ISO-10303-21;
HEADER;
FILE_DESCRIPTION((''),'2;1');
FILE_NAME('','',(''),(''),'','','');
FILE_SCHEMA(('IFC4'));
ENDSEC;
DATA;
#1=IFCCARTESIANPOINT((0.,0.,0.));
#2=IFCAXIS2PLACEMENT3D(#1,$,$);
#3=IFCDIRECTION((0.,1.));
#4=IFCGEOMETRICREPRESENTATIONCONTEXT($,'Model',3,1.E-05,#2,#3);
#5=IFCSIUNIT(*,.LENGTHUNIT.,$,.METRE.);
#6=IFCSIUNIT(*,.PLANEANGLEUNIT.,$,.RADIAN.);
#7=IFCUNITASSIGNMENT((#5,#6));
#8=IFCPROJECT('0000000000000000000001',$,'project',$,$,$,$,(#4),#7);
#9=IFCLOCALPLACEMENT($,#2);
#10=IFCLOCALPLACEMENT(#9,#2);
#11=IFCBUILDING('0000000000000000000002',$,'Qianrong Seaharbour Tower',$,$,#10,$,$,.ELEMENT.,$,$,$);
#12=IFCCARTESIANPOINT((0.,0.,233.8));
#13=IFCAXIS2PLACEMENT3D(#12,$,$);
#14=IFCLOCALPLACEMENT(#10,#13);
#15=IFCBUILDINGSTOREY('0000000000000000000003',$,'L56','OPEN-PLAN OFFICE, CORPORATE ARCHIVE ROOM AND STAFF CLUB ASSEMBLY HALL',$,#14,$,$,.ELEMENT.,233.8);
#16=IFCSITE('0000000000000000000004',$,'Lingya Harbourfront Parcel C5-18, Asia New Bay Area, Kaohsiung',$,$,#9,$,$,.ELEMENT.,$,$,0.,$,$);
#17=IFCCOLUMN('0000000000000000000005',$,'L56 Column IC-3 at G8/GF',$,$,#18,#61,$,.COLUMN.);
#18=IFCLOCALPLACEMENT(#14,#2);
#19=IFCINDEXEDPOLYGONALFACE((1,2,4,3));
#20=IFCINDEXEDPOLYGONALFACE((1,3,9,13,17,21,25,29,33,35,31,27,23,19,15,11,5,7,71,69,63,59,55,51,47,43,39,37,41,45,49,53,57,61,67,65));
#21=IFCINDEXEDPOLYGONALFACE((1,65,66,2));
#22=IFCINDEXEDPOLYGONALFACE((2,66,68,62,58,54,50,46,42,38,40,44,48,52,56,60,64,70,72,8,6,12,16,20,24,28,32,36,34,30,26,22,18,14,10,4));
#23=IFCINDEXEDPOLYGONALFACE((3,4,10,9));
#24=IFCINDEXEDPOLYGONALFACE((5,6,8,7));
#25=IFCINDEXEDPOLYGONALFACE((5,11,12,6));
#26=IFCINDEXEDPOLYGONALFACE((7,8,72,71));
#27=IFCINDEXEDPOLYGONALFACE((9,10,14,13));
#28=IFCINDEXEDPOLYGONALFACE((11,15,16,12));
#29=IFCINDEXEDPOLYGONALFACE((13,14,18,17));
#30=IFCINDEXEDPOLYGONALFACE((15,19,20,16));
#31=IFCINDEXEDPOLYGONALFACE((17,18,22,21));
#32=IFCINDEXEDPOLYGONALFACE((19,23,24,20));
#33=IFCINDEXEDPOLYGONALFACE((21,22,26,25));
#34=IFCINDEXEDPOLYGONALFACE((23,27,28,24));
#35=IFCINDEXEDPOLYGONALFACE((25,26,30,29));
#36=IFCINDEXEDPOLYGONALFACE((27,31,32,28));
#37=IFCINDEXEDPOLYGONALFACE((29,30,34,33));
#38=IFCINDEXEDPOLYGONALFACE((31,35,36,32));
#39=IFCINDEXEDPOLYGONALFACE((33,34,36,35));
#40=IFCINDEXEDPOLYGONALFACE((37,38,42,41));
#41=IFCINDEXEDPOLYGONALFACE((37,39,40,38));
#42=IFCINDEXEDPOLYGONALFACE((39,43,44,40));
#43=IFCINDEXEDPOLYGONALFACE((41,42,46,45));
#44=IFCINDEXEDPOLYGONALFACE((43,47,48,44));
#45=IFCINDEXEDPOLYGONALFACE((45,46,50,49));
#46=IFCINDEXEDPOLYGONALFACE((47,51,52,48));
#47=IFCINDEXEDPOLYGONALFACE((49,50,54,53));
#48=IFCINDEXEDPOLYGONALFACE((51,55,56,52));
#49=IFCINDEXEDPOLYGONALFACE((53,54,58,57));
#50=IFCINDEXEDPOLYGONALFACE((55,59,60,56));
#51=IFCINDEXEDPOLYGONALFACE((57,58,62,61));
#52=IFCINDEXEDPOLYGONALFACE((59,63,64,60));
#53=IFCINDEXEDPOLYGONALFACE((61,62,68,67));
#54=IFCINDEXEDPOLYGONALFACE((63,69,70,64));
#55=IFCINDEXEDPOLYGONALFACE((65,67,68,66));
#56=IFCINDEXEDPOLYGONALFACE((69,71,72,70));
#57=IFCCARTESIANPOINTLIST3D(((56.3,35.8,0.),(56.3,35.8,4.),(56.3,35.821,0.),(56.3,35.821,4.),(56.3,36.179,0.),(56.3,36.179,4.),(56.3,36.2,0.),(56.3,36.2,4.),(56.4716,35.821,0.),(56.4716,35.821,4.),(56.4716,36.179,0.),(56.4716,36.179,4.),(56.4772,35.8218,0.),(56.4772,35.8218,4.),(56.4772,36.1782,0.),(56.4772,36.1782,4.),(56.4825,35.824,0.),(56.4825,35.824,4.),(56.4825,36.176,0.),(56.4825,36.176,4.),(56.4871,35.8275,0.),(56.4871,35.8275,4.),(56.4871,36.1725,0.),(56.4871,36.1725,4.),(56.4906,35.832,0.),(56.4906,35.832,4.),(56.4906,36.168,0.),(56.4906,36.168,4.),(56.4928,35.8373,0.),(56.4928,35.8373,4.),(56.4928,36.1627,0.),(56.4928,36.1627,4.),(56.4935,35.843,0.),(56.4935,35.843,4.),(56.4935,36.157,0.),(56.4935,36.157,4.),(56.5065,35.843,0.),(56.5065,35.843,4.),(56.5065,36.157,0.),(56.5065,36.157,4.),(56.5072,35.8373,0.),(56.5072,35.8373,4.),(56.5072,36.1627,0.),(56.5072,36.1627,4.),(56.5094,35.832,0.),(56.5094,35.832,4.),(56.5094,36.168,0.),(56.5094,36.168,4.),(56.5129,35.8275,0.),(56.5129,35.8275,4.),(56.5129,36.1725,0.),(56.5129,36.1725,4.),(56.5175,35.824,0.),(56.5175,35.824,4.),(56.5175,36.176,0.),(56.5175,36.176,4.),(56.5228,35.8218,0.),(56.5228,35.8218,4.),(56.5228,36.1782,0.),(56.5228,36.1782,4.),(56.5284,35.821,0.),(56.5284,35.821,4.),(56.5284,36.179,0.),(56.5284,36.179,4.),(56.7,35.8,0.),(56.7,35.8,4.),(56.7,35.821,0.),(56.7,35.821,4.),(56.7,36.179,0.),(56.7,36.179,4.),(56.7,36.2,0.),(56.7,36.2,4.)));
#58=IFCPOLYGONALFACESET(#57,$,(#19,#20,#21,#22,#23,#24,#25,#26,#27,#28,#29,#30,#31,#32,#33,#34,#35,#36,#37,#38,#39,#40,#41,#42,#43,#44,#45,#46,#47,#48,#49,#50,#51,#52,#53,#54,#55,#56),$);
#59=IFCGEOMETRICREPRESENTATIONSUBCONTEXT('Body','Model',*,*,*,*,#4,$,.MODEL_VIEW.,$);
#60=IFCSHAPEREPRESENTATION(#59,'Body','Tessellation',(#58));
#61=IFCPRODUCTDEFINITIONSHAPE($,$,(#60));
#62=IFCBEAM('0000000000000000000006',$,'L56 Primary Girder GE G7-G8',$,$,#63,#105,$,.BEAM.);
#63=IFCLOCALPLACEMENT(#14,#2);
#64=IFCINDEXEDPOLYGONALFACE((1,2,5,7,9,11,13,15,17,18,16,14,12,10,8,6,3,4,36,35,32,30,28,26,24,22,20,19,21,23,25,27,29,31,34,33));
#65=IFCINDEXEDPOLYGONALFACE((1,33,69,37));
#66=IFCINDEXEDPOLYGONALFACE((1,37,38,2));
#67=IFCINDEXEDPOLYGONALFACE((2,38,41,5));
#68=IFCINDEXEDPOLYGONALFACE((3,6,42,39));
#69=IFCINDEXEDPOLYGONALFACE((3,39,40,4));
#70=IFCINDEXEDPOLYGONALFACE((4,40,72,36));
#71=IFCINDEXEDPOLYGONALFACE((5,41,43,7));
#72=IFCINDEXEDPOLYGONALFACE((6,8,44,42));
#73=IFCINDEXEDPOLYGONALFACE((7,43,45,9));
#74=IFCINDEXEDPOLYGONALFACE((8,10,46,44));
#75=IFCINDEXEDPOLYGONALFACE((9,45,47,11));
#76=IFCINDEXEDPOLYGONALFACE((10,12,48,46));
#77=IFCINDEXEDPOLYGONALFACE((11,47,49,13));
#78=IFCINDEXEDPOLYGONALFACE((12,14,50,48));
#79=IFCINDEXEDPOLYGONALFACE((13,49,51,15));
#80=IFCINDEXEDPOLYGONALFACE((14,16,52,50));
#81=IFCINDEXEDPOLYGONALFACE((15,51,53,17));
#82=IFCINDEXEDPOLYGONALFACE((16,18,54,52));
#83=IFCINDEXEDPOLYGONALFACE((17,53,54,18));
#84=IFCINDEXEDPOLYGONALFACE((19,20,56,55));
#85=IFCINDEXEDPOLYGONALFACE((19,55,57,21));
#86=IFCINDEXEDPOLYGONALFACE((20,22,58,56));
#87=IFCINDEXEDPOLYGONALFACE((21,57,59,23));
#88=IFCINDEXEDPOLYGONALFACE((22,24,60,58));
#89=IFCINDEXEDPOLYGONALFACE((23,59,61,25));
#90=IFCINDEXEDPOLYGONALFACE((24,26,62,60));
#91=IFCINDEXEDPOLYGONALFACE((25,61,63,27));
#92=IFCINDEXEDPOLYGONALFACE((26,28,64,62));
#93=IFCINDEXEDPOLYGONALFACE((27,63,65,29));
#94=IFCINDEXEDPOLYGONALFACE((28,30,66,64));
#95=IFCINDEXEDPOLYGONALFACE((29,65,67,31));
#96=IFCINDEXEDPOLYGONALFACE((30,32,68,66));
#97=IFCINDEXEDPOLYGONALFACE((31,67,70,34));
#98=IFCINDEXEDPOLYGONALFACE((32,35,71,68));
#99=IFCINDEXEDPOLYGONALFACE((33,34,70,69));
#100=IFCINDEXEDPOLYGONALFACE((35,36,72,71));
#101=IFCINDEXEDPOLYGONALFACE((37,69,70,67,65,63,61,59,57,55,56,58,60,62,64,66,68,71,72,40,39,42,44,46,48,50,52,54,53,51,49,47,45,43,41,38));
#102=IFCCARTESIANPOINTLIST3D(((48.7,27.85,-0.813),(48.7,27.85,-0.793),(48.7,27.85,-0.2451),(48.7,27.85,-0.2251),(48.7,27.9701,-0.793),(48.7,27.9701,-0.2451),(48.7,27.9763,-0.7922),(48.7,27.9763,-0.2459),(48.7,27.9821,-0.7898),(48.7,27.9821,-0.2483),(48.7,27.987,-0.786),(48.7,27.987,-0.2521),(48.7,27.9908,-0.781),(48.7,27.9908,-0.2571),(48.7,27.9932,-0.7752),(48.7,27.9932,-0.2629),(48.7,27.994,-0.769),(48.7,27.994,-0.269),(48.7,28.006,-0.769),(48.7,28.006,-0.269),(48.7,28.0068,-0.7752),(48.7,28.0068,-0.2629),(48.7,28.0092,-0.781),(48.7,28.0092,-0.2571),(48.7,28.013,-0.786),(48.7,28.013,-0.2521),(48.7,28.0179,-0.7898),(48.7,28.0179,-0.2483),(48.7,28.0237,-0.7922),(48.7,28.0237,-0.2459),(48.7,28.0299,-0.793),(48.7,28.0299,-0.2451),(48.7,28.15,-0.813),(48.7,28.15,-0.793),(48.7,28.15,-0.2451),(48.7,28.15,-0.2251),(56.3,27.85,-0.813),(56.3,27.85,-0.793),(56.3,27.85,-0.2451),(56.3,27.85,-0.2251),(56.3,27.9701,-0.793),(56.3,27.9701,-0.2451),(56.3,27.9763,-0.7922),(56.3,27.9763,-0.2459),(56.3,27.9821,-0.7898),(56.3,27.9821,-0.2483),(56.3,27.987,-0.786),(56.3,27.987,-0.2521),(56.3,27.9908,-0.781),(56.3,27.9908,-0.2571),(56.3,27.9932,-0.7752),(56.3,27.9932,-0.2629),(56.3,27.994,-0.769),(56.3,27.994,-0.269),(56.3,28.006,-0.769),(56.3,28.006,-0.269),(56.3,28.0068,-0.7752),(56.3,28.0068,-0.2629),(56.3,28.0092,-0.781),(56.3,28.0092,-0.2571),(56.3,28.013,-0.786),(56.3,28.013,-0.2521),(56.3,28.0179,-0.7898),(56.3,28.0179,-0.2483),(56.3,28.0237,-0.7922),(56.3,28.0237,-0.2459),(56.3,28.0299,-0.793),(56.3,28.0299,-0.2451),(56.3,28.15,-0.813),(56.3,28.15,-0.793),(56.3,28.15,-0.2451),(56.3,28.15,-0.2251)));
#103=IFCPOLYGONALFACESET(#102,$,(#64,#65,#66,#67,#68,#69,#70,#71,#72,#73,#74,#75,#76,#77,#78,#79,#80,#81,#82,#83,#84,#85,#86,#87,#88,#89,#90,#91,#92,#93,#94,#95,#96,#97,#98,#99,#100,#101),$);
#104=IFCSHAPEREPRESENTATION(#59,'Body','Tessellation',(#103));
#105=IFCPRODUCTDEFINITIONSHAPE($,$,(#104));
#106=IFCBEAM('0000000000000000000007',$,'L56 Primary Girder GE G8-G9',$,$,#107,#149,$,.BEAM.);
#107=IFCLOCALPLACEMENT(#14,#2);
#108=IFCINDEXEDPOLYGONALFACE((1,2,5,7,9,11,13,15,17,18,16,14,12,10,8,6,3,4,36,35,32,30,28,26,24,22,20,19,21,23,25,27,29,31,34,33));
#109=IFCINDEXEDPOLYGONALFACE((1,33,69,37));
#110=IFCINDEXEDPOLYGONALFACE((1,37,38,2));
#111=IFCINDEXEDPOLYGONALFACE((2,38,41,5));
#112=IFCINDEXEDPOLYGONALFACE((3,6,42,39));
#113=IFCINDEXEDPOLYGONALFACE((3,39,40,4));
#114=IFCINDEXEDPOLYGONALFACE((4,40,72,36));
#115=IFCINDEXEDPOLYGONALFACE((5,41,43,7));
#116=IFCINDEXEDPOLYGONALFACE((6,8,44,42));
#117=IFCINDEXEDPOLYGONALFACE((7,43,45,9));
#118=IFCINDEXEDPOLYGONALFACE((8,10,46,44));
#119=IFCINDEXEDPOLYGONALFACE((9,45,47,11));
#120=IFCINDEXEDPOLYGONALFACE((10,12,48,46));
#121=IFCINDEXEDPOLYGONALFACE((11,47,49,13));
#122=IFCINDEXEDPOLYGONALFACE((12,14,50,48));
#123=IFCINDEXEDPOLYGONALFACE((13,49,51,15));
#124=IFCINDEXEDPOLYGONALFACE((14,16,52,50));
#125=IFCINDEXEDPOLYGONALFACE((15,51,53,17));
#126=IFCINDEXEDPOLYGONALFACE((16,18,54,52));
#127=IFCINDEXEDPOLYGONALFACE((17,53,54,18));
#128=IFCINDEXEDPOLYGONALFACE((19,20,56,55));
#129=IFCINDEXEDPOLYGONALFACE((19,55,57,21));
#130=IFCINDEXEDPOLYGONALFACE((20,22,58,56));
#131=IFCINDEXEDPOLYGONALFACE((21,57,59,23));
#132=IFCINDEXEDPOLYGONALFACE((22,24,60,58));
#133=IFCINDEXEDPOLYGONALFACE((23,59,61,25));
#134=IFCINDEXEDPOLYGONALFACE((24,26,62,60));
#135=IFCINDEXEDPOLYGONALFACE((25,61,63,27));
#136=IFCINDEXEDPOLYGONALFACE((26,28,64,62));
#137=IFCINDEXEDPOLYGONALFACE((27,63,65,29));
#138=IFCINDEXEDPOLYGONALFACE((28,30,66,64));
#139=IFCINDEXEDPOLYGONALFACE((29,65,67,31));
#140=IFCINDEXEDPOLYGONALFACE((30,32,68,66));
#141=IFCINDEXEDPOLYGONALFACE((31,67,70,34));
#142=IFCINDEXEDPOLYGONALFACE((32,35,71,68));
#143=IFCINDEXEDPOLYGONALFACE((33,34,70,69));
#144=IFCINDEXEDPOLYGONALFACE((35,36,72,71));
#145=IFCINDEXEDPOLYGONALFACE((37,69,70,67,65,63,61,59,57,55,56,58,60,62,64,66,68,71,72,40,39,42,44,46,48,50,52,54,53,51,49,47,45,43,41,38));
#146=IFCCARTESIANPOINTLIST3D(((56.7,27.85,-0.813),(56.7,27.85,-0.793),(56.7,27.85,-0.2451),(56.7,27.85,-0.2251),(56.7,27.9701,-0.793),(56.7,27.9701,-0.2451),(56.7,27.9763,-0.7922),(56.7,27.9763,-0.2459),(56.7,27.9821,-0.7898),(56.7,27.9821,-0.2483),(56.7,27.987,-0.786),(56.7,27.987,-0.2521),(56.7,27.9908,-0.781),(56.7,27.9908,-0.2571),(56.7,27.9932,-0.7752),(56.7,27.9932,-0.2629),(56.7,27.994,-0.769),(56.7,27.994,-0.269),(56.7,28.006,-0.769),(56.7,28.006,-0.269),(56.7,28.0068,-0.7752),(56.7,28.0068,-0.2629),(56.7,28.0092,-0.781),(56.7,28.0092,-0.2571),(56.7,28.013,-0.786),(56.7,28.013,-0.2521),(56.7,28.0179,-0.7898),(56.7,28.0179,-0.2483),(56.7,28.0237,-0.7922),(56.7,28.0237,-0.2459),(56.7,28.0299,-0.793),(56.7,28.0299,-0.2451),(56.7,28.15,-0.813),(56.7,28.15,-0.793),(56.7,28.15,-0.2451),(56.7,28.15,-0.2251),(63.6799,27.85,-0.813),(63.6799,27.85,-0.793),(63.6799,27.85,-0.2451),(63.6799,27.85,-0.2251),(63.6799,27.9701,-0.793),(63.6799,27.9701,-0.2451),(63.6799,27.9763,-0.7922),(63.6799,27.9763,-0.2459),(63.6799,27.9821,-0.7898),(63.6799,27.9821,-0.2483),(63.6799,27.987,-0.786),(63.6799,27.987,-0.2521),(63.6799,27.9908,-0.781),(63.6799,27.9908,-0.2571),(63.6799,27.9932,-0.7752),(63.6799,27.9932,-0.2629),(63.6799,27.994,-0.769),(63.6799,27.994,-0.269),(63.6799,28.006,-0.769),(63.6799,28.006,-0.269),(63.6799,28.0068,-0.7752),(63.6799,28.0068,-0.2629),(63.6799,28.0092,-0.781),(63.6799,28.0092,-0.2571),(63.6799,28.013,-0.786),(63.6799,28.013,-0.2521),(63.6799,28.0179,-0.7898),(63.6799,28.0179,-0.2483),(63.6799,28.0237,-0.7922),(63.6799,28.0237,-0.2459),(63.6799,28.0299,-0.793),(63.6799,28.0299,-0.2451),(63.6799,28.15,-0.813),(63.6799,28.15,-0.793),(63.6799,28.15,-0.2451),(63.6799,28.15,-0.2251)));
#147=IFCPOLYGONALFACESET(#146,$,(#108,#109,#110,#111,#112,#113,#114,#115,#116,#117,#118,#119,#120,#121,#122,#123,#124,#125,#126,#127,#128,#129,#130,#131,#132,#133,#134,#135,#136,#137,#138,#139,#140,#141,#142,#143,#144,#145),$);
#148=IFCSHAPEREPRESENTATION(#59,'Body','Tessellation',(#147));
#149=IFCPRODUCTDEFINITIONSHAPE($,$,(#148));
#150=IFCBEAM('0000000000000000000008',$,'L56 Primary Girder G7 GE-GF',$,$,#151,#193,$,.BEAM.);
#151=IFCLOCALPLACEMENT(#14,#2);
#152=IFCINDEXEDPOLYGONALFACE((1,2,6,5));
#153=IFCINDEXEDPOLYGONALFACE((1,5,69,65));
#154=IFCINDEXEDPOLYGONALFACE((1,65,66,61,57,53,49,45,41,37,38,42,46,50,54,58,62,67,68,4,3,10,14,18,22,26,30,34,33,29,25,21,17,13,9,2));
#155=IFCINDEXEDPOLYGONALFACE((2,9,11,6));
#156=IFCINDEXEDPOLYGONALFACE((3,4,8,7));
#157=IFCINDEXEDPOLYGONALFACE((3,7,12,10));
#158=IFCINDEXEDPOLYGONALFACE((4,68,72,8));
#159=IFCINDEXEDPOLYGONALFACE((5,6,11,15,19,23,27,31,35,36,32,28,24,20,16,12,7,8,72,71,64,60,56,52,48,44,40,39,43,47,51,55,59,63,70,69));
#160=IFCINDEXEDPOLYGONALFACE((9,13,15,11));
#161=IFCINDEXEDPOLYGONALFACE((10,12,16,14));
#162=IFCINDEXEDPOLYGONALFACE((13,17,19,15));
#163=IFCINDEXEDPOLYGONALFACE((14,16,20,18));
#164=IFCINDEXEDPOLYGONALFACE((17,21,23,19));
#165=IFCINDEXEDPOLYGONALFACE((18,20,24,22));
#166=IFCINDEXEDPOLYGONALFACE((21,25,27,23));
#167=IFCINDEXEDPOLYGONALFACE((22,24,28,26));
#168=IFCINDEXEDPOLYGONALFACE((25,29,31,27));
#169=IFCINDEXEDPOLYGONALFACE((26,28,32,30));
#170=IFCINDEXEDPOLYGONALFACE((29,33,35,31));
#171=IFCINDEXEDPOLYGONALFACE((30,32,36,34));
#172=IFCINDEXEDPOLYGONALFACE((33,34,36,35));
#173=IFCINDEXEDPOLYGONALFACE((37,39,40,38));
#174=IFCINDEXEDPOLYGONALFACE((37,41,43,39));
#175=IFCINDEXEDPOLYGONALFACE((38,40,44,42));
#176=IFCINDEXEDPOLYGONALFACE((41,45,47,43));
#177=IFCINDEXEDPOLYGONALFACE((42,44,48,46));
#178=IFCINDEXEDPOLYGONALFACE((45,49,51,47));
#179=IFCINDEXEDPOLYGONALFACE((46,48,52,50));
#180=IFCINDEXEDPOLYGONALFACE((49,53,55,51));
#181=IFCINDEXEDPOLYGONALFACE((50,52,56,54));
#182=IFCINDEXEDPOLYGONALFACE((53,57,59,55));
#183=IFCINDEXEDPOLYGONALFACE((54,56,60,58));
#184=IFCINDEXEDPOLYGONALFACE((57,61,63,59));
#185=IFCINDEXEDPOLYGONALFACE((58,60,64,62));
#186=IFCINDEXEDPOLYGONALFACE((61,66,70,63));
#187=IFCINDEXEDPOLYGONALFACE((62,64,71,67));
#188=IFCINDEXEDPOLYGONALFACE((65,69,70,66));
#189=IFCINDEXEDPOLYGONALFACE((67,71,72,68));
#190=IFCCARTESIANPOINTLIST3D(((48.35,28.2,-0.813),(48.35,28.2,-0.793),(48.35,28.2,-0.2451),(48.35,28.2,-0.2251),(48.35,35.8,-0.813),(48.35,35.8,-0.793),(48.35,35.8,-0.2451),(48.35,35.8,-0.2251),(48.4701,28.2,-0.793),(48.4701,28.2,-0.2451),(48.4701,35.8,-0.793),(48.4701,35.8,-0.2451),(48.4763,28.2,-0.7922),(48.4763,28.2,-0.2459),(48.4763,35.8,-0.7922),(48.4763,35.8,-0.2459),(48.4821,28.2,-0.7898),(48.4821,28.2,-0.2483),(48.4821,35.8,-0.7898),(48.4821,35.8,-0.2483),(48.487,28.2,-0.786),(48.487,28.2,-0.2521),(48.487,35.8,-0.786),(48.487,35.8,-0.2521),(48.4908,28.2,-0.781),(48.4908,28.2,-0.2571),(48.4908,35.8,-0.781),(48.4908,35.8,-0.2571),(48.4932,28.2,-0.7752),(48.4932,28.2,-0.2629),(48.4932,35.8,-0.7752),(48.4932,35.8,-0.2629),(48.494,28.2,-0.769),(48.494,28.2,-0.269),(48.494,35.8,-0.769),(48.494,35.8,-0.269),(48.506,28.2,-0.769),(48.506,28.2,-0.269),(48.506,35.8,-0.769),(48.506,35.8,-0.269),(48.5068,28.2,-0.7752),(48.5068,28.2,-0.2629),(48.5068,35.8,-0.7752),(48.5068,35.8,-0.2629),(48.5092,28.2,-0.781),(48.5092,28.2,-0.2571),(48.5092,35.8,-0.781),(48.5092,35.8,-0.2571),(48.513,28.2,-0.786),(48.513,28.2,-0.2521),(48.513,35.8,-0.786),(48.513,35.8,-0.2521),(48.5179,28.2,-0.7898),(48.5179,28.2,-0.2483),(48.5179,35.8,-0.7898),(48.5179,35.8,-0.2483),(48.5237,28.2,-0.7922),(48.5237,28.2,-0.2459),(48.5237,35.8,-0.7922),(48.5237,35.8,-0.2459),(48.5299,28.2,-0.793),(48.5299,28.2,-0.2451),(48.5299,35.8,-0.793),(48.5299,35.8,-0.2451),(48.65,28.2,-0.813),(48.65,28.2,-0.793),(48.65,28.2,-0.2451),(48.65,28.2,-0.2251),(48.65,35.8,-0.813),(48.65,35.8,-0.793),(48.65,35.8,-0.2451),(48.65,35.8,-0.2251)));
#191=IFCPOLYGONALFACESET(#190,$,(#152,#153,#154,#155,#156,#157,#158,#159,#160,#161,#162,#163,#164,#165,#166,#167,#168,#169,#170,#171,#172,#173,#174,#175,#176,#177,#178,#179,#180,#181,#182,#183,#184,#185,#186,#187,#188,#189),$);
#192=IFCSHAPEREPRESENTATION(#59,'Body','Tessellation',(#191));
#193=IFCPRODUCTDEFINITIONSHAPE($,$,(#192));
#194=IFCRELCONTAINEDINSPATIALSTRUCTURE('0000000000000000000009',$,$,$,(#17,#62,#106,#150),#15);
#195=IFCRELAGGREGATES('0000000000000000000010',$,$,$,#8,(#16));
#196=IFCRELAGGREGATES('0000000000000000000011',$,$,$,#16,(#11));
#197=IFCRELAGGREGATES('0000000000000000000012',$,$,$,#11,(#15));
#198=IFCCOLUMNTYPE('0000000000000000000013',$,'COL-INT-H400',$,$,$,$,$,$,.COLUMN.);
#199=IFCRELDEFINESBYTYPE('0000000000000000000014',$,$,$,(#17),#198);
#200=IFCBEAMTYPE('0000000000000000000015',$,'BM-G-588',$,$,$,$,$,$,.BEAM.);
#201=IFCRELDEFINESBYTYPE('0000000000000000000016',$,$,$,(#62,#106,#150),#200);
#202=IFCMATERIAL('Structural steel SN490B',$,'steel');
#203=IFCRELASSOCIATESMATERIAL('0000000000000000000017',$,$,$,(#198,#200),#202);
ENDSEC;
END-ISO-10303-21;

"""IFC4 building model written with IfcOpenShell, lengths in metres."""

from ifc_helpers import new_model, si_unit, direction, frame, origin, origin_2d, place, context, subcontext, project, spatial, i_section, extrude, material, material_profile, profile_set, type_object, element, save


model = new_model("IFC4")

# Units and contexts
model_context = context("Model", 3, precision=1e-05, world=origin(), true_north=direction((0.0, 1.0)))
body_context = subcontext(model_context, "Body", "Model", "MODEL_VIEW")
ifc_project = project(units=[si_unit("LENGTHUNIT", "METRE"), si_unit("PLANEANGLEUNIT", "RADIAN")], contexts=[model_context])

# Site, building, storey
site_placement = place(None, origin())
site = spatial("IfcSite", under=ifc_project, at=site_placement, Name="Lingya Harbourfront Parcel C5-18, Asia New Bay Area, Kaohsiung", CompositionType="ELEMENT", RefElevation=0.0)
building_placement = place(site_placement, origin())
building = spatial("IfcBuilding", under=site, at=building_placement, Name="Qianrong Seaharbour Tower", CompositionType="ELEMENT")
storey_placement = place(building_placement, frame((0.0, 0.0, 233.8)))
storey = spatial("IfcBuildingStorey", under=building, at=storey_placement, Name="L56", Description="OPEN-PLAN OFFICE, CORPORATE ARCHIVE ROOM AND STAFF CLUB ASSEMBLY HALL", CompositionType="ELEMENT", Elevation=233.8)

# Column
ifc_material_1 = material(Name="Structural steel SN490B", Category="steel")
ifc_material_profile_1 = material_profile(ifc_material_1, i_section(OverallWidth=0.3999, OverallDepth=0.3999, WebThickness=0.0129, FlangeThickness=0.021, FilletRadius=0.022, at=origin_2d()), Name="H400x400x13x21")
ifc_profile_set_1 = profile_set([ifc_material_profile_1], Name="Structural steel SN490B")
column_type_1 = type_object("IfcColumnType", Name="COL-INT-H400", PredefinedType="COLUMN", material=ifc_profile_set_1)
for number, where, z_axis, x_axis, name in (
    (1, (56.5, 36.0, 0.0), (0.0, 0.0, 1.0), (1.0, 0.0, 0.0), "L56 Column IC-3 at G8/GF"),
):
    element("IfcColumn", number, at=place(storey_placement, frame(where, z_axis=z_axis, x_axis=x_axis)), inside=storey, type_object=column_type_1, Name=name, PredefinedType="COLUMN", context=body_context, shape_type="SweptSolid", body=[
        extrude(i_section(OverallWidth=0.3999, OverallDepth=0.3999, WebThickness=0.0129, FlangeThickness=0.021, FilletRadius=0.022, at=origin_2d()), origin(), (0.0, 0.0, 1.0), 4.0),
    ])

# Beams
ifc_material_profile_2 = material_profile(ifc_material_1, i_section(OverallWidth=0.3, OverallDepth=0.5879, WebThickness=0.012, FlangeThickness=0.02, FilletRadius=0.0239, at=origin_2d()), Name="H588x300x12x20")
ifc_profile_set_2 = profile_set([ifc_material_profile_2], Name="Structural steel SN490B")
beam_type_1 = type_object("IfcBeamType", Name="BM-G-588", PredefinedType="BEAM", material=ifc_profile_set_2)
beam_1_placement = place(storey_placement, frame((48.7, 28.0, -0.519), z_axis=(1.0, 0.0, 0.0), x_axis=(0.0, 1.0, 0.0)))
element("IfcBeam", 2, at=beam_1_placement, inside=storey, type_object=beam_type_1, Name="L56 Primary Girder GE G7-G8", PredefinedType="BEAM", context=body_context, shape_type="SweptSolid", body=[
    extrude(i_section(OverallWidth=0.3, OverallDepth=0.5879, WebThickness=0.012, FlangeThickness=0.02, FilletRadius=0.0239, at=origin_2d()), origin(), (0.0, 0.0, 1.0), 7.6001),
])
beam_2_placement = place(storey_placement, frame((56.7, 28.0, -0.519), z_axis=(1.0, 0.0, 0.0), x_axis=(0.0, 1.0, 0.0)))
element("IfcBeam", 3, at=beam_2_placement, inside=storey, type_object=beam_type_1, Name="L56 Primary Girder GE G8-G9", PredefinedType="BEAM", context=body_context, shape_type="SweptSolid", body=[
    extrude(i_section(OverallWidth=0.3, OverallDepth=0.5879, WebThickness=0.012, FlangeThickness=0.02, FilletRadius=0.0239, at=origin_2d()), origin(), (0.0, 0.0, 1.0), 6.98),
])
for number, where, z_axis, x_axis, name in (
    (4, (48.5, 28.2, -0.519), (0.0, 1.0, 0.0), (-1.0, 0.0, 0.0), "L56 Primary Girder G7 GE-GF"),
):
    element("IfcBeam", number, at=place(storey_placement, frame(where, z_axis=z_axis, x_axis=x_axis)), inside=storey, type_object=beam_type_1, Name=name, PredefinedType="BEAM", context=body_context, shape_type="SweptSolid", body=[
        extrude(i_section(OverallWidth=0.3, OverallDepth=0.5879, WebThickness=0.012, FlangeThickness=0.02, FilletRadius=0.0239, at=origin_2d()), origin(), (0.0, 0.0, 1.0), 7.6001),
    ])

save(model, "model.ifc")
